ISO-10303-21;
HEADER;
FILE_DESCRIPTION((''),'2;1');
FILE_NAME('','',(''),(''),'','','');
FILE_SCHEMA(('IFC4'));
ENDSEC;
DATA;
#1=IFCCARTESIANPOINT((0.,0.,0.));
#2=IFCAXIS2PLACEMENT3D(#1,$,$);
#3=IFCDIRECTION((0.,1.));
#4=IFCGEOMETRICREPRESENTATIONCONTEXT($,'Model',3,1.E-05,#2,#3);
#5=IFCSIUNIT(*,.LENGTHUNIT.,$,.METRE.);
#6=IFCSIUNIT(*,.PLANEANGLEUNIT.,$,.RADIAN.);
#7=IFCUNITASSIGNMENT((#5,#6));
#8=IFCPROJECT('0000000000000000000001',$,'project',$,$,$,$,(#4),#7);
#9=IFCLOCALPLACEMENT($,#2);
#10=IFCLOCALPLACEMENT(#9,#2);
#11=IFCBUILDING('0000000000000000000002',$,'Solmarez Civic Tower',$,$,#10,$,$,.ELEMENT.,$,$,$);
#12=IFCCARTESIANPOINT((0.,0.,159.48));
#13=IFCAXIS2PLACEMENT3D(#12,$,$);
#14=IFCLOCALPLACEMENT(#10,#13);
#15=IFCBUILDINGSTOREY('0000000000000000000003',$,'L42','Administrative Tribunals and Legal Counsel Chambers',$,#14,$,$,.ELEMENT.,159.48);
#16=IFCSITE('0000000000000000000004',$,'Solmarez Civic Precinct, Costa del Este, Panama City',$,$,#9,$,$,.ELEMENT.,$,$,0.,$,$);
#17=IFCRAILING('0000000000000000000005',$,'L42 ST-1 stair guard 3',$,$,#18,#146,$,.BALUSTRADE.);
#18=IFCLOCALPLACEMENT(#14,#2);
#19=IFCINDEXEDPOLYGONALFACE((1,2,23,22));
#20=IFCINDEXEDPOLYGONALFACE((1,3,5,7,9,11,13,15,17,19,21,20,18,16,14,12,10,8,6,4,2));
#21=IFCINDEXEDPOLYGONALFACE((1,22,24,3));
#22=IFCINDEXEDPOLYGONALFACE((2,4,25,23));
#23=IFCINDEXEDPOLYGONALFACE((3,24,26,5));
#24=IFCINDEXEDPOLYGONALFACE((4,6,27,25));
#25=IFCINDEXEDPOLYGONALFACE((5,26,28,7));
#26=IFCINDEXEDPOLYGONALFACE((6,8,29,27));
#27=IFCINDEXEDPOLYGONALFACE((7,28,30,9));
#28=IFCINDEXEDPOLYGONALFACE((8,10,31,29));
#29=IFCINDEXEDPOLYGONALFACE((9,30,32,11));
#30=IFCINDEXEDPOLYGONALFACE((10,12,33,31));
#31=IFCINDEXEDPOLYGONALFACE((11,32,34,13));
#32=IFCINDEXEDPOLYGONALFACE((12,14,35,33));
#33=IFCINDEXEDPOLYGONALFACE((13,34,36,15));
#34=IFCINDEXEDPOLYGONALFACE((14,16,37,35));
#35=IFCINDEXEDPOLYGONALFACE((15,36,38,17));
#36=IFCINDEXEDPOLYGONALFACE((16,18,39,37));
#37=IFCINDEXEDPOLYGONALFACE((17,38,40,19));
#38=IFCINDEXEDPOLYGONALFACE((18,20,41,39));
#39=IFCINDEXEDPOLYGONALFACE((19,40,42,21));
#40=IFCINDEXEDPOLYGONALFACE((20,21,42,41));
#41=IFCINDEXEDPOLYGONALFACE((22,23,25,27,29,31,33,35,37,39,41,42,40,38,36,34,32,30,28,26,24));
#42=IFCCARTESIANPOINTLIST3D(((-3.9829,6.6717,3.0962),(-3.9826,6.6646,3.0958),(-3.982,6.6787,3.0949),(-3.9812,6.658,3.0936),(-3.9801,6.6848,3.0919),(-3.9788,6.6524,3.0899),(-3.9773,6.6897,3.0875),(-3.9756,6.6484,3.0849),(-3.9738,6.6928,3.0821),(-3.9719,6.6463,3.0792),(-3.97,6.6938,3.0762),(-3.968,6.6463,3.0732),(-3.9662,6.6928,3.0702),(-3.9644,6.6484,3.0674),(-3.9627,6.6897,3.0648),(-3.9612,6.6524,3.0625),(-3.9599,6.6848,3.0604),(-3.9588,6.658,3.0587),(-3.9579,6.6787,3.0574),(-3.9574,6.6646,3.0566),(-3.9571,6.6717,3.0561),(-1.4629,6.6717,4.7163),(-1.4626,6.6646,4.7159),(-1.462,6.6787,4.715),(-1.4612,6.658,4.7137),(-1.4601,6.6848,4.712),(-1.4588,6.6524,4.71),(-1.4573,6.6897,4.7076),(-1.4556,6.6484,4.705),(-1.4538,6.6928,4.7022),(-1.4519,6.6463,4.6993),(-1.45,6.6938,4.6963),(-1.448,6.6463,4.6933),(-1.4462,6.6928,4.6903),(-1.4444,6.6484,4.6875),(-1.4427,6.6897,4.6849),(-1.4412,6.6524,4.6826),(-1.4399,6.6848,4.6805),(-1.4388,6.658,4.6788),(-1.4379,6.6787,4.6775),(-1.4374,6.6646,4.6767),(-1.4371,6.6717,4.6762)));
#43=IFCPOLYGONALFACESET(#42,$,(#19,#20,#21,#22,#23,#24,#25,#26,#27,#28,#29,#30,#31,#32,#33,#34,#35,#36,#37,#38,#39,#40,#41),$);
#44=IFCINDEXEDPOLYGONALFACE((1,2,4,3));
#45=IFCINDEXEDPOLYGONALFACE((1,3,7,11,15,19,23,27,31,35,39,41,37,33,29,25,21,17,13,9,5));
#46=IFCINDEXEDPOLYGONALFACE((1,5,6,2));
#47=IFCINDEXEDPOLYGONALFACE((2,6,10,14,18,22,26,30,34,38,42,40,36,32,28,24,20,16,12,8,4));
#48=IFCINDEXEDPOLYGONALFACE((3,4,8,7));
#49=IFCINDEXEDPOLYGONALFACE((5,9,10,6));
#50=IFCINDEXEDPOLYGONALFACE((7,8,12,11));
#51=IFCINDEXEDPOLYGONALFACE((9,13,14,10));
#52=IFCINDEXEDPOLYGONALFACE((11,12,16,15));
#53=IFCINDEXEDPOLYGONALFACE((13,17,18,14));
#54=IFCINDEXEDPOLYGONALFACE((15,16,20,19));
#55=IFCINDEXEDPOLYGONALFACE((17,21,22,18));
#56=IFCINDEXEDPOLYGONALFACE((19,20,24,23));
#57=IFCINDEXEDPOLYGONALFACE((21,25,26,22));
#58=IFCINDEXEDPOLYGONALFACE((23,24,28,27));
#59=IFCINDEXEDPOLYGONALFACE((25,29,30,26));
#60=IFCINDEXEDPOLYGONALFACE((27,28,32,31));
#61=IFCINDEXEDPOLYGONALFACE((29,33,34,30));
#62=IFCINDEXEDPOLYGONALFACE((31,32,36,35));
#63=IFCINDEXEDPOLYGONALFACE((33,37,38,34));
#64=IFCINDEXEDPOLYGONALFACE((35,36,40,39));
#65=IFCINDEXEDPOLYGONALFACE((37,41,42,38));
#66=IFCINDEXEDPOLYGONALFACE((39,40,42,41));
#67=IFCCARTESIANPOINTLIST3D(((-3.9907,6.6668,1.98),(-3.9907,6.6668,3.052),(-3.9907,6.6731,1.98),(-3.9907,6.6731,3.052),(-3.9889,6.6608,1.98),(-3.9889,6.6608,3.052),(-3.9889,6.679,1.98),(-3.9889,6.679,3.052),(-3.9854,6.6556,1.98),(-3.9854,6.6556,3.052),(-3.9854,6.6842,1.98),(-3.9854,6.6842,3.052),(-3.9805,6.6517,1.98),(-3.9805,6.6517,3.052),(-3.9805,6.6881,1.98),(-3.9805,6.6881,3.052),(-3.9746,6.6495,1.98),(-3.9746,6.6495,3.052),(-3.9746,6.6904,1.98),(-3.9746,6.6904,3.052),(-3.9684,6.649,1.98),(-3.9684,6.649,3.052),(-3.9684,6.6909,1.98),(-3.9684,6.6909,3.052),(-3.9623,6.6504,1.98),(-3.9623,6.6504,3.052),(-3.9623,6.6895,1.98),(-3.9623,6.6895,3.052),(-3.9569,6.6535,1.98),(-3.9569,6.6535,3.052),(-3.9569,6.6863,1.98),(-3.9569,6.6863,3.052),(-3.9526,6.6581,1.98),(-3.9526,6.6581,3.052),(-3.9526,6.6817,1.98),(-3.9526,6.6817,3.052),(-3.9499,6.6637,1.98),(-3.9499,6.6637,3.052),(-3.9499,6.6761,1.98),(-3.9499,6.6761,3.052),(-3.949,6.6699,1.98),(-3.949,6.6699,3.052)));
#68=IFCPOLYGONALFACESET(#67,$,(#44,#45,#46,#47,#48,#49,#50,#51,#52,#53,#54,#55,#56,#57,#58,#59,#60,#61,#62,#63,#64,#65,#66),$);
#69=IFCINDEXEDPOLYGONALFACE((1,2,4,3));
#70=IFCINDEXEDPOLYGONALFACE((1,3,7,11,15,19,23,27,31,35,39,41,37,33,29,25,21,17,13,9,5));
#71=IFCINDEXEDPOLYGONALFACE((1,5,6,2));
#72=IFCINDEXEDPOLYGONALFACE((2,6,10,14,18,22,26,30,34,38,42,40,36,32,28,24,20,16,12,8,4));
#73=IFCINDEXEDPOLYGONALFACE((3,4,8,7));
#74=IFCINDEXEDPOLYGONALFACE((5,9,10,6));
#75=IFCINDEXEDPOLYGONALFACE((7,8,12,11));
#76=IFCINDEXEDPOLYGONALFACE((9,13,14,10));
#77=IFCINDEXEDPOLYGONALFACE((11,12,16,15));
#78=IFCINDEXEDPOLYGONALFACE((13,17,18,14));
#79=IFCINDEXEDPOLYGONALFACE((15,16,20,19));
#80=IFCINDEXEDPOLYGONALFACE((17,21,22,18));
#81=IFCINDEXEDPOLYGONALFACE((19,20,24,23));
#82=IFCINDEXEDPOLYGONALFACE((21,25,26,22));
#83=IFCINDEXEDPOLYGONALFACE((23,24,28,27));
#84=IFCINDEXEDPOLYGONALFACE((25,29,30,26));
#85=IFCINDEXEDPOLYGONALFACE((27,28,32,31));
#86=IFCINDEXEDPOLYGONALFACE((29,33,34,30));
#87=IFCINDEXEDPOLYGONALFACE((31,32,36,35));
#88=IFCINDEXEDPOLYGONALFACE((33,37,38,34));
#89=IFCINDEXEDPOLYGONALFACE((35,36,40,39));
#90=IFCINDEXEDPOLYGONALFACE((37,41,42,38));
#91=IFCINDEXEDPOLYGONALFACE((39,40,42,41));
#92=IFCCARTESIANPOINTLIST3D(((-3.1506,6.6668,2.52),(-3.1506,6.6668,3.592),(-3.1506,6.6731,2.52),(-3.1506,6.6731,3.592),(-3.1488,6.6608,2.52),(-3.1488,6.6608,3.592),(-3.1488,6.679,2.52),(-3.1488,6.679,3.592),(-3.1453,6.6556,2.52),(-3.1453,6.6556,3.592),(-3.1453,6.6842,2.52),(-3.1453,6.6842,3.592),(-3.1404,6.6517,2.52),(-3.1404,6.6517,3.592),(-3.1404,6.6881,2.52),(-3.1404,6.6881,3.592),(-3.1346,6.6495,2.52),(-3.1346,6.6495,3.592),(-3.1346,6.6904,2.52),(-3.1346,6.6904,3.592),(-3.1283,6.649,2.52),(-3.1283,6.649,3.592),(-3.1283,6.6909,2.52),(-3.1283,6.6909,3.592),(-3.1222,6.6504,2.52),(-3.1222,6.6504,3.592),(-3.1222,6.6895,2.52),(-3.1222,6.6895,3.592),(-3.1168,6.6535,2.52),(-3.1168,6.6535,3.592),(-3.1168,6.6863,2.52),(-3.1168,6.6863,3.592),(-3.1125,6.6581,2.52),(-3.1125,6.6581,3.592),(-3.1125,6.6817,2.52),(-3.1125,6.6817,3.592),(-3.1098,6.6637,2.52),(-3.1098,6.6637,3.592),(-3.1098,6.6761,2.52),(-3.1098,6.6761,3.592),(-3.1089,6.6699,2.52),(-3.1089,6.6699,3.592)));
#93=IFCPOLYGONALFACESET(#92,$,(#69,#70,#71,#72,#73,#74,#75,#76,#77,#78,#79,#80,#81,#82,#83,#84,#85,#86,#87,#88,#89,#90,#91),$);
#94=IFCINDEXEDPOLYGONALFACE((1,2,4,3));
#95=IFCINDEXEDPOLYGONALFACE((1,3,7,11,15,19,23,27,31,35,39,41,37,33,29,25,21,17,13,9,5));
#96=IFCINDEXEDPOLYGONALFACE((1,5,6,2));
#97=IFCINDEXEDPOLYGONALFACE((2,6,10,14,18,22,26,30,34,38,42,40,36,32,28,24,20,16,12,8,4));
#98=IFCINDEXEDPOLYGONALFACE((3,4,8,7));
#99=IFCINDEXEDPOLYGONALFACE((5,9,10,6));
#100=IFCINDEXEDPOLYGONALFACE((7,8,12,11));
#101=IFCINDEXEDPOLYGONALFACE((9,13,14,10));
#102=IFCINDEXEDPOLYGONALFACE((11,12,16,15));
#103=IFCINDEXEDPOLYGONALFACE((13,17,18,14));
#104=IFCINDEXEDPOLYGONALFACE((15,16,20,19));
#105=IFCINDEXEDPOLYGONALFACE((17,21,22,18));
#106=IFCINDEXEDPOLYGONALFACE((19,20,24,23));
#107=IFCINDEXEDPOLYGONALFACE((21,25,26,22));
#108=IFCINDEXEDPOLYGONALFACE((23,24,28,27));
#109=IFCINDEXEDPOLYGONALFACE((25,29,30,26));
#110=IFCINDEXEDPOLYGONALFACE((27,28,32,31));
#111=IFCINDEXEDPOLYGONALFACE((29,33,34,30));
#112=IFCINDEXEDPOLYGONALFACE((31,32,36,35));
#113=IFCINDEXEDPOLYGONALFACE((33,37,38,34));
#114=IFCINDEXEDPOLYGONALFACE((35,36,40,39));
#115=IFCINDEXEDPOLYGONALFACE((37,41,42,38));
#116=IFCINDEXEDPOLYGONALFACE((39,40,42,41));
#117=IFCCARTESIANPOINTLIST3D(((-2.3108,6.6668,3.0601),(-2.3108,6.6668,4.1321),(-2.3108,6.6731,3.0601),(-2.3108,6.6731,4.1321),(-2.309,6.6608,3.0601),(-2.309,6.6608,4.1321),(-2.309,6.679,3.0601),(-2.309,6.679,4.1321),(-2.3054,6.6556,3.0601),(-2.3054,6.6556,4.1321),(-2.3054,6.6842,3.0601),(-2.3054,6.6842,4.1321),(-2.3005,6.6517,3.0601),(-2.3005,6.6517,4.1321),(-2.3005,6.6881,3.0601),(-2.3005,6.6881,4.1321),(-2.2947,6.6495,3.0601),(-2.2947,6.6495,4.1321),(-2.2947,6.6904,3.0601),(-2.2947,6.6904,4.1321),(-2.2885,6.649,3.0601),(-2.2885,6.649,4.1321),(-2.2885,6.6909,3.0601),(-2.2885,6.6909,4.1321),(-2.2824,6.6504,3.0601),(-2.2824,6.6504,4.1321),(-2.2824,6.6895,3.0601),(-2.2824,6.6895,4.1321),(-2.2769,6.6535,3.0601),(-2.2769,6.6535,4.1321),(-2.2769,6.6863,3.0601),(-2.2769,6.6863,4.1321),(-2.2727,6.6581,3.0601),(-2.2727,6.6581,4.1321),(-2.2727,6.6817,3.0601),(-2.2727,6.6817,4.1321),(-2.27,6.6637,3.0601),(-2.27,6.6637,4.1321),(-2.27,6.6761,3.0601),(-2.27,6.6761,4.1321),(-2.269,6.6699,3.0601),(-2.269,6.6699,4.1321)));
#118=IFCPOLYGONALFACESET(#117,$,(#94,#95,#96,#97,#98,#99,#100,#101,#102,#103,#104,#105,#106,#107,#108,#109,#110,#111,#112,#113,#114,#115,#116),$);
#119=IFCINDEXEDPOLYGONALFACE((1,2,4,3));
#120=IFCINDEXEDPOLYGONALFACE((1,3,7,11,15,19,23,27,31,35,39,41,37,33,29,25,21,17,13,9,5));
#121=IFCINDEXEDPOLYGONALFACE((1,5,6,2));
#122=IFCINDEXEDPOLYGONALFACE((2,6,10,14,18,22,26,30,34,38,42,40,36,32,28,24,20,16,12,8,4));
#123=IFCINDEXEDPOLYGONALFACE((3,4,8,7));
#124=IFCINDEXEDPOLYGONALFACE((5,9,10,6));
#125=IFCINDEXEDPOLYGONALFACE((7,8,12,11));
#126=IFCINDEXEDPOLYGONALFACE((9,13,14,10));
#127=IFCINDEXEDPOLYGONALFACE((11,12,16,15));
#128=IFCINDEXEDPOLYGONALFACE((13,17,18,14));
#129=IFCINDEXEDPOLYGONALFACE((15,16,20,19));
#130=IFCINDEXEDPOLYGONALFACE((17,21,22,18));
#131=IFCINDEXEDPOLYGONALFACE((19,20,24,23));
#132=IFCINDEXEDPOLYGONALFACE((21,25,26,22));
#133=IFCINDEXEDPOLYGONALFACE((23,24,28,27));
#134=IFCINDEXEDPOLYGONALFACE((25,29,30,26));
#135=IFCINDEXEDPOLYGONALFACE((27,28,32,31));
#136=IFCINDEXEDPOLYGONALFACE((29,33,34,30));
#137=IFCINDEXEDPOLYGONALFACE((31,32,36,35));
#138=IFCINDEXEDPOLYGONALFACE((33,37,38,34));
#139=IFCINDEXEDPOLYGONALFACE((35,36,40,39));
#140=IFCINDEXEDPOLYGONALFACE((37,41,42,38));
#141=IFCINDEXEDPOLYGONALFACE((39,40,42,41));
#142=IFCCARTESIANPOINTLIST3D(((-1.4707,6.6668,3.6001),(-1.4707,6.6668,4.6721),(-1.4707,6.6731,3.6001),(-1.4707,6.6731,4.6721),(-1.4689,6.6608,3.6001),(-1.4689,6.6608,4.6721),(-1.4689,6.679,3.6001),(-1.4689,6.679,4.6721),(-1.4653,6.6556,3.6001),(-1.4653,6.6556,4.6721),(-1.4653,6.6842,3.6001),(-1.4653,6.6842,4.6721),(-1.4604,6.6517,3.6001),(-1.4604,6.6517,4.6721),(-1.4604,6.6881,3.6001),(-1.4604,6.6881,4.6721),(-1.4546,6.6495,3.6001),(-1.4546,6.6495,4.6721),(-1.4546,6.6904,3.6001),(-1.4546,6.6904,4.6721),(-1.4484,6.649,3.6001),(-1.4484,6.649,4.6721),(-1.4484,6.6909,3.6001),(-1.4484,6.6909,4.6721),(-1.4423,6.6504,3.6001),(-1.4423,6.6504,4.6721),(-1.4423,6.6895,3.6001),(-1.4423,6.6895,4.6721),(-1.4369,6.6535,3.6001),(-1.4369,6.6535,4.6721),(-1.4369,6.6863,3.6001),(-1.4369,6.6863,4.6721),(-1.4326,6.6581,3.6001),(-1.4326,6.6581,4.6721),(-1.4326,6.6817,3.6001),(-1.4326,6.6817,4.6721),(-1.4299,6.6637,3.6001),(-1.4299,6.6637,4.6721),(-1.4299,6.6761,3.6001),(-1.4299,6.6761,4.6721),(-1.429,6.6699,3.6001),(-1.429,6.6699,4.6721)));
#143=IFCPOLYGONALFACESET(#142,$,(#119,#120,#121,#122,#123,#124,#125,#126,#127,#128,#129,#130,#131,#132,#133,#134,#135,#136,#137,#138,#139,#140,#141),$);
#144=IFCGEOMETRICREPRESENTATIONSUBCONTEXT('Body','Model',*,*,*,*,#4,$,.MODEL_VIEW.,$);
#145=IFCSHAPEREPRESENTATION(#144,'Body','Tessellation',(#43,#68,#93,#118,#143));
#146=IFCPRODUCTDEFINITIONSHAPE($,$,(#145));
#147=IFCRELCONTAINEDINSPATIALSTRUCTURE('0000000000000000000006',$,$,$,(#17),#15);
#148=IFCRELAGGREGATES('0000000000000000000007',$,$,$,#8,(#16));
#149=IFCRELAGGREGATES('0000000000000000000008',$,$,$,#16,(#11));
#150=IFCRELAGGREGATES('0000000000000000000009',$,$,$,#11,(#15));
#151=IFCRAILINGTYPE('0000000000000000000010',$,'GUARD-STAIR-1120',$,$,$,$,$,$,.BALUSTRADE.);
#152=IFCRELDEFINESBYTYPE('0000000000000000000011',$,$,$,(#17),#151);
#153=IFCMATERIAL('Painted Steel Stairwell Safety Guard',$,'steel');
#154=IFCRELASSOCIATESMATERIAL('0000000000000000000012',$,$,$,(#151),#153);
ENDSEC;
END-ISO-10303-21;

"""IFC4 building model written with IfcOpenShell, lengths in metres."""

from ifc_helpers import new_model, si_unit, direction, frame, origin, origin_2d, place, context, subcontext, project, spatial, circle, extrude, material, type_object, element, save


model = new_model("IFC4")

# Units and contexts
model_context = context("Model", 3, precision=1e-05, world=origin(), true_north=direction((0.0, 1.0)))
body_context = subcontext(model_context, "Body", "Model", "MODEL_VIEW")
ifc_project = project(units=[si_unit("LENGTHUNIT", "METRE"), si_unit("PLANEANGLEUNIT", "RADIAN")], contexts=[model_context])

# Site, building, storey
site_placement = place(None, origin())
site = spatial("IfcSite", under=ifc_project, at=site_placement, Name="Solmarez Civic Precinct, Costa del Este, Panama City", CompositionType="ELEMENT", RefElevation=0.0)
building_placement = place(site_placement, origin())
building = spatial("IfcBuilding", under=site, at=building_placement, Name="Solmarez Civic Tower", CompositionType="ELEMENT")
storey_placement = place(building_placement, frame((0.0, 0.0, 159.48)))
storey = spatial("IfcBuildingStorey", under=building, at=storey_placement, Name="L42", Description="Administrative Tribunals and Legal Counsel Chambers", CompositionType="ELEMENT", Elevation=159.48)

# Railing
ifc_material_1 = material(Name="Painted Steel Stairwell Safety Guard", Category="steel")
railing_type_1 = type_object("IfcRailingType", Name="GUARD-STAIR-1120", PredefinedType="BALUSTRADE", material=ifc_material_1)
railing_1_placement = place(storey_placement, frame((-3.97, 6.6699, 1.98)))
element("IfcRailing", 1, at=railing_1_placement, inside=storey, type_object=railing_type_1, Name="L42 ST-1 stair guard 3", PredefinedType="BALUSTRADE", context=body_context, shape_type="SweptSolid", body=[
    extrude(circle(Radius=0.0239, at=origin_2d()), frame((0.0, 0.0, 1.0962), z_axis=(0.841163, 0.0, 0.540782), x_axis=(0.0, 1.0, 0.0)), (0.0, 0.0, 1.0), 2.9958),
    extrude(circle(Radius=0.021, at=origin_2d()), origin(), (0.0, 0.0, 1.0), 1.072),
    extrude(circle(Radius=0.021, at=origin_2d()), frame((0.8401, 0.0, 0.54)), (0.0, 0.0, 1.0), 1.072),
    extrude(circle(Radius=0.021, at=origin_2d()), frame((1.6799, 0.0, 1.0801)), (0.0, 0.0, 1.0), 1.072),
    extrude(circle(Radius=0.021, at=origin_2d()), frame((2.52, 0.0, 1.6201)), (0.0, 0.0, 1.0), 1.072),
])

save(model, "model.ifc")
